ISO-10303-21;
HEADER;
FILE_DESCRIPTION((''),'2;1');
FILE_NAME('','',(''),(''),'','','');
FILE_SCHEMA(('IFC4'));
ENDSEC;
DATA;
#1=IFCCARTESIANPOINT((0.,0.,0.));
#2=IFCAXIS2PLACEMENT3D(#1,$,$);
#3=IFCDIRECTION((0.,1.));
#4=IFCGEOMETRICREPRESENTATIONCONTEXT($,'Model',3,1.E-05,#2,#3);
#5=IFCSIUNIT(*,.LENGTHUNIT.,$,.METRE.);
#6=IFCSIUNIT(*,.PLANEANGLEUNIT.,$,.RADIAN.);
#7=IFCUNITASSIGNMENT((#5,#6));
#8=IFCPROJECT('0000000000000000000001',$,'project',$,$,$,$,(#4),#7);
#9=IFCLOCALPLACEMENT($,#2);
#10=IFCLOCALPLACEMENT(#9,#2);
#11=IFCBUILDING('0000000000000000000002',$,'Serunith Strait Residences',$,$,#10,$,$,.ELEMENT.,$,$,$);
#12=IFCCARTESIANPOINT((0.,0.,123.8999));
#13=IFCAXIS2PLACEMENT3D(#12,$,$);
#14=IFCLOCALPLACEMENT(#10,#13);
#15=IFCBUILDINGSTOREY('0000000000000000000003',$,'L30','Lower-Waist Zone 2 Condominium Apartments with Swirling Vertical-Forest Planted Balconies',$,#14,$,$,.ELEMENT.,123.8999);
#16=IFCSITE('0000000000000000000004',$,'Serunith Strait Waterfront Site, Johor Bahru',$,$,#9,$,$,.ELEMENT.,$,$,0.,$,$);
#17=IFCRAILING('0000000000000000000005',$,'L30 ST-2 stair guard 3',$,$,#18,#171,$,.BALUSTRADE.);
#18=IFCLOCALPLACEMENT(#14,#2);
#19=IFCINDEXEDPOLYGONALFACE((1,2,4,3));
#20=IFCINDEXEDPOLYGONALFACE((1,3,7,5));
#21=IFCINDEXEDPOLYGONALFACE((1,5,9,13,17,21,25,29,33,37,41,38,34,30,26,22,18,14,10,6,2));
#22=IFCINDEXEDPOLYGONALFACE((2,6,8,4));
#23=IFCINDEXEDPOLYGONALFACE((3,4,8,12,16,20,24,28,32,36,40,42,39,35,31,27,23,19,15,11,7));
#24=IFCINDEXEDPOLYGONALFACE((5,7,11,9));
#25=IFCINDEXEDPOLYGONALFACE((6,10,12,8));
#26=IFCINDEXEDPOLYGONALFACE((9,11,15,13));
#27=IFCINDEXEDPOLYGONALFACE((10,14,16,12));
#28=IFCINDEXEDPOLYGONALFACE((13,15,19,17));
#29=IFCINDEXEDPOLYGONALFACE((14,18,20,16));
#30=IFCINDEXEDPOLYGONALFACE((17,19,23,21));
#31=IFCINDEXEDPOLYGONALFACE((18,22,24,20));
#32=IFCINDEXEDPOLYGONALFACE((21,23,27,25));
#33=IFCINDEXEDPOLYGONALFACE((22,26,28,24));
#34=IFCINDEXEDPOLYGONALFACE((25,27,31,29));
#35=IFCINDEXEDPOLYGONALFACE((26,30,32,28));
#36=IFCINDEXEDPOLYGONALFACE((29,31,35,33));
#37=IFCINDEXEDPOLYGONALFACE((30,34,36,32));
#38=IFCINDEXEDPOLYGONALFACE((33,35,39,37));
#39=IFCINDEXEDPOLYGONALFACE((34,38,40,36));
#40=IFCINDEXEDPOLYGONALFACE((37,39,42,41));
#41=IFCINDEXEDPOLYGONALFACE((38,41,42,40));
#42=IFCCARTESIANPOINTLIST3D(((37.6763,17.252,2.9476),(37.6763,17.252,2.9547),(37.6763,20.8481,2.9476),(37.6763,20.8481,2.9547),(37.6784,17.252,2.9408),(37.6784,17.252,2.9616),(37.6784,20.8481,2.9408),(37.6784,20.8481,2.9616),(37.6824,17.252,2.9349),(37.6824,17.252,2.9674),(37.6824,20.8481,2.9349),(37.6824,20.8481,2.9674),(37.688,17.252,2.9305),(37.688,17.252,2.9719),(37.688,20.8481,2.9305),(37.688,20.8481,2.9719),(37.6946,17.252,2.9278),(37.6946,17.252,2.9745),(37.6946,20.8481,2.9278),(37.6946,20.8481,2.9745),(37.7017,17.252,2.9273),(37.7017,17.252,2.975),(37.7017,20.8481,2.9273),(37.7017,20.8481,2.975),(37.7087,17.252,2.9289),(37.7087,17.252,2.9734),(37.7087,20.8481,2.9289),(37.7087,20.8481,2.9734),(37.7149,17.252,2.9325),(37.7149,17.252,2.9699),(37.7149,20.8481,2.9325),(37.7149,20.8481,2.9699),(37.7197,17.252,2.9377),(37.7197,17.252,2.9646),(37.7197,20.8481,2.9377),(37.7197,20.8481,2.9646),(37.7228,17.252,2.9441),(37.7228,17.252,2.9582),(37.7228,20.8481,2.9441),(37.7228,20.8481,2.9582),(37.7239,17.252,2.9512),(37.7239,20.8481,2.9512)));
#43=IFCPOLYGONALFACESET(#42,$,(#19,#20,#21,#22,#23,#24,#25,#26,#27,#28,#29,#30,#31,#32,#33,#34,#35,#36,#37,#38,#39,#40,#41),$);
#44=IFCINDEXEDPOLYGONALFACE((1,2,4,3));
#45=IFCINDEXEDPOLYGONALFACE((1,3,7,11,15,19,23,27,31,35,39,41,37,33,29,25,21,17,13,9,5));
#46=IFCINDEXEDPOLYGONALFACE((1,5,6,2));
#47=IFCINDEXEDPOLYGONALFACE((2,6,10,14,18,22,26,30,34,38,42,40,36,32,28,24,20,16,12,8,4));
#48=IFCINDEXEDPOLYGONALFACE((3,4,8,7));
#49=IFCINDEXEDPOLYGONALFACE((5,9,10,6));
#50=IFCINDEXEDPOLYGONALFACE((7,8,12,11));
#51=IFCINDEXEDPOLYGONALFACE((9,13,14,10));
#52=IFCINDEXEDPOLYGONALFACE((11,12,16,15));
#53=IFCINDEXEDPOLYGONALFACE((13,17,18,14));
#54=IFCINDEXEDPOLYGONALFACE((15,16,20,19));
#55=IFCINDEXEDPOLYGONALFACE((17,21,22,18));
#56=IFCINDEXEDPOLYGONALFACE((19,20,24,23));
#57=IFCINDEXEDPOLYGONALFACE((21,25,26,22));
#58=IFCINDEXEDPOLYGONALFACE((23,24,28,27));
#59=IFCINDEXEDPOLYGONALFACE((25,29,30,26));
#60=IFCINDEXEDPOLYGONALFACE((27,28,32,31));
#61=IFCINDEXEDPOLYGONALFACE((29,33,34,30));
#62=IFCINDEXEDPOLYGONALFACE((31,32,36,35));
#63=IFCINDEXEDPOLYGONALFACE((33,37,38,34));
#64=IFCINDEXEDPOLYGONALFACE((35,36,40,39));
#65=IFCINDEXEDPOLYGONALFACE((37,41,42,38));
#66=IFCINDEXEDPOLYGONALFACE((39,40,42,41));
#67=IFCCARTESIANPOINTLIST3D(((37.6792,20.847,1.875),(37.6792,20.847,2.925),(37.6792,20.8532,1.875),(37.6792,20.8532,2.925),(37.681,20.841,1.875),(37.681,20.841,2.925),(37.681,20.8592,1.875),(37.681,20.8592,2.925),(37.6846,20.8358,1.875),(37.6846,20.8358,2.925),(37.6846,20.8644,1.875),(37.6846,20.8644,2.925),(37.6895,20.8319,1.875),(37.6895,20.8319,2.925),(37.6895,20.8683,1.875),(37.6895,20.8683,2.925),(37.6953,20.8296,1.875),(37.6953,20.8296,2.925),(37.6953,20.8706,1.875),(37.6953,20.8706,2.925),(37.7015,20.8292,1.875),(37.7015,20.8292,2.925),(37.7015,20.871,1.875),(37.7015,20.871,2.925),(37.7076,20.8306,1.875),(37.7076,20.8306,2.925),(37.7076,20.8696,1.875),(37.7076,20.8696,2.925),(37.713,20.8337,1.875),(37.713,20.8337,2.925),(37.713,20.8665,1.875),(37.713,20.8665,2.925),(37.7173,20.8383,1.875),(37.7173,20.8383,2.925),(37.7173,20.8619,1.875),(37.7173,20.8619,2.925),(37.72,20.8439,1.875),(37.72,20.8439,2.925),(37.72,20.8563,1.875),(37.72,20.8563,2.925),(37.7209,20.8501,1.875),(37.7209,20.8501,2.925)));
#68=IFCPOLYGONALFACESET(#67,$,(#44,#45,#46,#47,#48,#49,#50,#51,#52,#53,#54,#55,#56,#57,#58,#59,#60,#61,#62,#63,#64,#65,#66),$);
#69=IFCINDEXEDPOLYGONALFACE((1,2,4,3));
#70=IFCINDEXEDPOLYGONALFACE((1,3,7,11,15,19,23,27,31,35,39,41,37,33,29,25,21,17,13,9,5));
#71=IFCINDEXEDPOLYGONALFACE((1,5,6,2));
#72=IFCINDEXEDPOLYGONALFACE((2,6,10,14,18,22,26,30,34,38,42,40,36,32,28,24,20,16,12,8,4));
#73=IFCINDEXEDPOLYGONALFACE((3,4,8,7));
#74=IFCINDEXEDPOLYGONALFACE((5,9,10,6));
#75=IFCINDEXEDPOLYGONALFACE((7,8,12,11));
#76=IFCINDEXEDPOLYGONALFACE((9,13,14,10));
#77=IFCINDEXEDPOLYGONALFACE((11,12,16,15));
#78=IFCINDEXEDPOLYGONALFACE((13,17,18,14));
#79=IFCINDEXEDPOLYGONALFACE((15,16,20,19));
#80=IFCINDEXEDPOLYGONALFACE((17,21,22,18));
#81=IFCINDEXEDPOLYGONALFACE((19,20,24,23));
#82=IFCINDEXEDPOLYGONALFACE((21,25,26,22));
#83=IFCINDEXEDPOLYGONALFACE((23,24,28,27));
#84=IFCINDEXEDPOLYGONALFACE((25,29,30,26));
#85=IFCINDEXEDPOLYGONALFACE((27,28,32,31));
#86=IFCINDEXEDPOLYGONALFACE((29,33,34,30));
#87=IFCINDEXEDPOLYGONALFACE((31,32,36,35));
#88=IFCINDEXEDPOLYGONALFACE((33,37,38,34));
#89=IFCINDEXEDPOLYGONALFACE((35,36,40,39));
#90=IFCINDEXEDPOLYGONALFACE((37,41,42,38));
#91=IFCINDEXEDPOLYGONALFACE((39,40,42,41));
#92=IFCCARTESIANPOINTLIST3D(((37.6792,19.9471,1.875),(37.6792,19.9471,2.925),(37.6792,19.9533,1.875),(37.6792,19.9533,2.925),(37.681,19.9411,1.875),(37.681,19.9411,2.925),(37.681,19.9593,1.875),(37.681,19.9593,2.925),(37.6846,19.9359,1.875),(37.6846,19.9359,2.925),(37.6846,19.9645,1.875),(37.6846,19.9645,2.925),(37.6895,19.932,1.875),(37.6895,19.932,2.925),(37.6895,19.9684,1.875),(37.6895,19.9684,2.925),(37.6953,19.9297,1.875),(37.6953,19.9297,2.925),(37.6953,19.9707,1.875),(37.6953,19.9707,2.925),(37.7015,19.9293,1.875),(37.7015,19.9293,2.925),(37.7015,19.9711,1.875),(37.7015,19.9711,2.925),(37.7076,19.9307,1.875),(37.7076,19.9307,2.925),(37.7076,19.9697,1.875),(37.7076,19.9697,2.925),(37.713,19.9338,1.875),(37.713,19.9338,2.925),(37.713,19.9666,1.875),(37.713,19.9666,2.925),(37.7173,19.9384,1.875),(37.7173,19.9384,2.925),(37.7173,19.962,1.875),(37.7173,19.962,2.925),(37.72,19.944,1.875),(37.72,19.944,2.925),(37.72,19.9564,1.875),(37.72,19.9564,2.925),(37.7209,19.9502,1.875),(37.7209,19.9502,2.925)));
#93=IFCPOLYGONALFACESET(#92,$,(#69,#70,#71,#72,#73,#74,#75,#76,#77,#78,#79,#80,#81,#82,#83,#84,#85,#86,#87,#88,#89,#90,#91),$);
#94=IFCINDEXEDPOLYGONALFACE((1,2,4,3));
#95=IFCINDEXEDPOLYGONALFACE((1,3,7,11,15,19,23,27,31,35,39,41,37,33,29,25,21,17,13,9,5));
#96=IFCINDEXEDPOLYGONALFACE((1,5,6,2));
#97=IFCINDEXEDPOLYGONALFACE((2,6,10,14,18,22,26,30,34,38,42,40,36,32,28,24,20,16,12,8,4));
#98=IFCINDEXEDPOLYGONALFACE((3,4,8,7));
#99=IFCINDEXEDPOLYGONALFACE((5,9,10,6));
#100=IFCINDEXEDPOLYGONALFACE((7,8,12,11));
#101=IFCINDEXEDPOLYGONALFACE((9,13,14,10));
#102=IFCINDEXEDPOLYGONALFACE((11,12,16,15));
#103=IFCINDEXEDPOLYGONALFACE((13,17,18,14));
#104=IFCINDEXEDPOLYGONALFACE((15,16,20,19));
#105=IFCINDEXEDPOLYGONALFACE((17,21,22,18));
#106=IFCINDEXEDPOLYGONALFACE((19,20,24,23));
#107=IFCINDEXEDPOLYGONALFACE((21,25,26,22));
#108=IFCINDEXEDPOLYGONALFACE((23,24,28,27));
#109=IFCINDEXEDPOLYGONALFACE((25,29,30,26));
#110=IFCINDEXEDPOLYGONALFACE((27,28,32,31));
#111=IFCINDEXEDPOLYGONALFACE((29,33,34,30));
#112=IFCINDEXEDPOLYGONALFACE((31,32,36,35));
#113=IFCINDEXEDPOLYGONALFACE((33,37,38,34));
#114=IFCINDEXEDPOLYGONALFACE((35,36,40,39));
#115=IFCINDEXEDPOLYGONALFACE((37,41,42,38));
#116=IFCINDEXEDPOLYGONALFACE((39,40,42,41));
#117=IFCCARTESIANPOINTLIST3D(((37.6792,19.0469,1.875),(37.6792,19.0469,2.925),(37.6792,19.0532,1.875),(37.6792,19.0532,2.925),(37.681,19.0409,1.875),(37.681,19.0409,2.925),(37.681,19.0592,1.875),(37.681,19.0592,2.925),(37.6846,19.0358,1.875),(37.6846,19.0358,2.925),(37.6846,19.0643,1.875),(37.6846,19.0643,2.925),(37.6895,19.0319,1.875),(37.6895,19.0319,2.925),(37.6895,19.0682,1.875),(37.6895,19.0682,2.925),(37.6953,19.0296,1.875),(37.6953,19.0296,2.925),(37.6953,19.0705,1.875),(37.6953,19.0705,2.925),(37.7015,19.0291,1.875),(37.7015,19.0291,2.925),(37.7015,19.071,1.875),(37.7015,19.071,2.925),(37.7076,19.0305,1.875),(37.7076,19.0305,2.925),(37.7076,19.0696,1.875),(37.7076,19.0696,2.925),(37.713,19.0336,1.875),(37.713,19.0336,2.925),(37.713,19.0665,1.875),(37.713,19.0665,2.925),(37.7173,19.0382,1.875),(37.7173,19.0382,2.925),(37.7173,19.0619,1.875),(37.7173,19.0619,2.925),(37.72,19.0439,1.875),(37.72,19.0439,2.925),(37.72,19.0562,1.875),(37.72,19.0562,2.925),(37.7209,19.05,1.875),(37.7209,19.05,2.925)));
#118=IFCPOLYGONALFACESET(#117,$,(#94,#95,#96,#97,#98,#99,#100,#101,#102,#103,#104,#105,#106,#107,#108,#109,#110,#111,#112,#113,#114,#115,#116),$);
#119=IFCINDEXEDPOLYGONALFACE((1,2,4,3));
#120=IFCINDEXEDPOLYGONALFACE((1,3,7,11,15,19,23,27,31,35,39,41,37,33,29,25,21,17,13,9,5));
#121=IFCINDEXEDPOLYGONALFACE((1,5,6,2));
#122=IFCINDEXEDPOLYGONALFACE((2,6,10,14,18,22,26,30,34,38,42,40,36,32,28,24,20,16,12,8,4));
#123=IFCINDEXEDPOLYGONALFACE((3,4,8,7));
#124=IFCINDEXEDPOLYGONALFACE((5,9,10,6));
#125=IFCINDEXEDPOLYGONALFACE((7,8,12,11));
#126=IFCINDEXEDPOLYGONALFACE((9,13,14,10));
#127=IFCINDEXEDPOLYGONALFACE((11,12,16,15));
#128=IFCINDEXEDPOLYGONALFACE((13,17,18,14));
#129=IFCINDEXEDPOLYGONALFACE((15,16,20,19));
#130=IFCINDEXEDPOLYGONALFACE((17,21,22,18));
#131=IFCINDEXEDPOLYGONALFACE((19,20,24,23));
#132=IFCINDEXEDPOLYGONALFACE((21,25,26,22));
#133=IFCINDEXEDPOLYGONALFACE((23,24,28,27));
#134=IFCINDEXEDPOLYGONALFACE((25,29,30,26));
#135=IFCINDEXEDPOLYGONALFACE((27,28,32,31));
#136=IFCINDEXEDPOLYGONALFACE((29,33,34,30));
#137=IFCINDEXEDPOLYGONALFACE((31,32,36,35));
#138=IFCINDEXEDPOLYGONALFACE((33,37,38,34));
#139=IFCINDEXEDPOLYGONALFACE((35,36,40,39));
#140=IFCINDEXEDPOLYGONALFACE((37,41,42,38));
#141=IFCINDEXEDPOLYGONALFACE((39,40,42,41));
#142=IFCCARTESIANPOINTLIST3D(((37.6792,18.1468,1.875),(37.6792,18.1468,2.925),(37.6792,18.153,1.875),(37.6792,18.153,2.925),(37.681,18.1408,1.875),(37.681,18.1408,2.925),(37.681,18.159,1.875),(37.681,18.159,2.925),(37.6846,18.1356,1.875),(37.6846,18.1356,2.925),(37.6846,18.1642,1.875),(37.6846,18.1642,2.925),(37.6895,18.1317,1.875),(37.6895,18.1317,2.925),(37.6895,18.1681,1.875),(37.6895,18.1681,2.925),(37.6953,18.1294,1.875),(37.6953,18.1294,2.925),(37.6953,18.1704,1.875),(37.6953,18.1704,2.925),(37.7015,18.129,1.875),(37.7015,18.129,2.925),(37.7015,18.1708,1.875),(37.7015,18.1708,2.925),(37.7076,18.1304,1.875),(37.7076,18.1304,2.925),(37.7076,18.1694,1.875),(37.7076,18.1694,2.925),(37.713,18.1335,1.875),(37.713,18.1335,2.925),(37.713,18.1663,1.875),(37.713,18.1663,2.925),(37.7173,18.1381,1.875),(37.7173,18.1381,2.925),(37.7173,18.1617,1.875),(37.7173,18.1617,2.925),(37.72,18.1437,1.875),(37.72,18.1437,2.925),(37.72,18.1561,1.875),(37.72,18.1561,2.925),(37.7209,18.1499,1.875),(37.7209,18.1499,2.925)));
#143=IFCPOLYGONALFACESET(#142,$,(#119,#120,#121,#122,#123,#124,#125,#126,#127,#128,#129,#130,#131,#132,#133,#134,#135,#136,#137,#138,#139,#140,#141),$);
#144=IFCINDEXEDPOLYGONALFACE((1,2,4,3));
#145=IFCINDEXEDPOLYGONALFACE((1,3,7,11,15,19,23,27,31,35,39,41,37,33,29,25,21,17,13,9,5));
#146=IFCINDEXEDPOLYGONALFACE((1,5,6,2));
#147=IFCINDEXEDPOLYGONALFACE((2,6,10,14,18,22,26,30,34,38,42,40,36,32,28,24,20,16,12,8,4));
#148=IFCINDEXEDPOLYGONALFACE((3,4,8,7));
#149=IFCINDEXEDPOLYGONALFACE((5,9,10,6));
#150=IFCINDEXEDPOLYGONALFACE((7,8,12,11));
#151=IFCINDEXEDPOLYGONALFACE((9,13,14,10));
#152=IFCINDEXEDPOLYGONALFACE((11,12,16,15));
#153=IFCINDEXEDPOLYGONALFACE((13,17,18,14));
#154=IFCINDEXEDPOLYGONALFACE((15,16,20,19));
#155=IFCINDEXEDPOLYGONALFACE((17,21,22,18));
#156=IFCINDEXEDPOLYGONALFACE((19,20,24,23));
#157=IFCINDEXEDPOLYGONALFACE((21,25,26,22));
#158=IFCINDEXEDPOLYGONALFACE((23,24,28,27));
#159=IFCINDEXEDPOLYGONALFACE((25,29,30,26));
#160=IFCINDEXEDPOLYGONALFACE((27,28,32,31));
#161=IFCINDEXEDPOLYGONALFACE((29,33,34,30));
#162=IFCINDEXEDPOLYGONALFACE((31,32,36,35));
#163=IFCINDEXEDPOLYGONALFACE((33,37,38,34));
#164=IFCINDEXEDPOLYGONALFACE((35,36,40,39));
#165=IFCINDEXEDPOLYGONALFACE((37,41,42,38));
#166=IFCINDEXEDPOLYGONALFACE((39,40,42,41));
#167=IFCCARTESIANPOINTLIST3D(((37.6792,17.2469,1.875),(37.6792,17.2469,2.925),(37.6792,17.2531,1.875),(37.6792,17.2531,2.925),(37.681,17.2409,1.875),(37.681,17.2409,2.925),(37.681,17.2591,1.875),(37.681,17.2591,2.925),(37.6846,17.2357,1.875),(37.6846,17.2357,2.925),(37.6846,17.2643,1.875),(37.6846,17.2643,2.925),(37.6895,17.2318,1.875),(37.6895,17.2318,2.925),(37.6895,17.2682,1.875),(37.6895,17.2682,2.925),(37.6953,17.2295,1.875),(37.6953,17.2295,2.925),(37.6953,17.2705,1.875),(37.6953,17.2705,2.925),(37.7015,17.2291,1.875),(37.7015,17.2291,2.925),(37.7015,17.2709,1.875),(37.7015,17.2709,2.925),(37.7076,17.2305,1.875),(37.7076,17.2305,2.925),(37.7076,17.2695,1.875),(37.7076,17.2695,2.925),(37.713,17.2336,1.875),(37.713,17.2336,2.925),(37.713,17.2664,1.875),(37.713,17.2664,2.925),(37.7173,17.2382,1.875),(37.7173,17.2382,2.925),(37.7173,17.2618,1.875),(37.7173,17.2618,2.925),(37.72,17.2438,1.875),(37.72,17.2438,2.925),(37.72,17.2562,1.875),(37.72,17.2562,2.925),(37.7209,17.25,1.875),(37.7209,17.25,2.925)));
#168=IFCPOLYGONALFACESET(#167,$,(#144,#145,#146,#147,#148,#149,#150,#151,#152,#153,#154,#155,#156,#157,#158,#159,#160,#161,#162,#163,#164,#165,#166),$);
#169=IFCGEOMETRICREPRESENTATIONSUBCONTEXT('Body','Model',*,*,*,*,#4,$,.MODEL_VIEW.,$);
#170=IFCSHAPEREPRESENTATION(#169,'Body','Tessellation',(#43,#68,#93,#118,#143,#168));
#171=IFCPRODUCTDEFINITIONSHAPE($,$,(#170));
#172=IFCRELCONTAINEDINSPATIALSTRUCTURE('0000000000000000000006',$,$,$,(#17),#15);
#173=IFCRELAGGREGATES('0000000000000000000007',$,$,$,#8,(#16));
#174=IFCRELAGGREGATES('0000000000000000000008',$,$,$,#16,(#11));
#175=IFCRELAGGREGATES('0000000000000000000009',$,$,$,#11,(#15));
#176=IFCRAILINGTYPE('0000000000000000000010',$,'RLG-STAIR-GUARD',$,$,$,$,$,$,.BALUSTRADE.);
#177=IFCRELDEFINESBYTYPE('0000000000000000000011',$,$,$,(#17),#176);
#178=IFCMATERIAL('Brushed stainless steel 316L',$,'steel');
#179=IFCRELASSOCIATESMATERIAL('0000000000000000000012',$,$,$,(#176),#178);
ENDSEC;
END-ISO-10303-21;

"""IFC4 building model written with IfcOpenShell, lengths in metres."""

from ifc_helpers import new_model, si_unit, direction, frame, origin, origin_2d, place, context, subcontext, project, spatial, circle, extrude, material, type_object, element, save


model = new_model("IFC4")

# Units and contexts
model_context = context("Model", 3, precision=1e-05, world=origin(), true_north=direction((0.0, 1.0)))
body_context = subcontext(model_context, "Body", "Model", "MODEL_VIEW")
ifc_project = project(units=[si_unit("LENGTHUNIT", "METRE"), si_unit("PLANEANGLEUNIT", "RADIAN")], contexts=[model_context])

# Site, building, storey
site_placement = place(None, origin())
site = spatial("IfcSite", under=ifc_project, at=site_placement, Name="Serunith Strait Waterfront Site, Johor Bahru", CompositionType="ELEMENT", RefElevation=0.0)
building_placement = place(site_placement, origin())
building = spatial("IfcBuilding", under=site, at=building_placement, Name="Serunith Strait Residences", CompositionType="ELEMENT")
storey_placement = place(building_placement, frame((0.0, 0.0, 123.8999)))
storey = spatial("IfcBuildingStorey", under=building, at=storey_placement, Name="L30", Description="Lower-Waist Zone 2 Condominium Apartments with Swirling Vertical-Forest Planted Balconies", CompositionType="ELEMENT", Elevation=123.8999)

# Railing
ifc_material_1 = material(Name="Brushed stainless steel 316L", Category="steel")
railing_type_1 = type_object("IfcRailingType", Name="RLG-STAIR-GUARD", PredefinedType="BALUSTRADE", material=ifc_material_1)
for number, where, name in (
    (1, (37.7, 20.8501, 1.875), "L30 ST-2 stair guard 3"),
):
    element("IfcRailing", number, at=place(storey_placement, frame(where)), inside=storey, type_object=railing_type_1, Name=name, PredefinedType="BALUSTRADE", context=body_context, shape_type="SweptSolid", body=[
        extrude(circle(Radius=0.0239, at=origin_2d()), frame((0.0, -0.002, 1.0762), z_axis=(0.0, -1.0, 0.0), x_axis=(1.0, 0.0, 0.0)), (0.0, 0.0, 1.0), 3.5962),
        extrude(circle(Radius=0.021, at=origin_2d()), origin(), (0.0, 0.0, 1.0), 1.05),
        extrude(circle(Radius=0.021, at=origin_2d()), frame((0.0, -0.8999, 0.0)), (0.0, 0.0, 1.0), 1.05),
        extrude(circle(Radius=0.021, at=origin_2d()), frame((0.0, -1.8, 0.0)), (0.0, 0.0, 1.0), 1.05),
        extrude(circle(Radius=0.021, at=origin_2d()), frame((0.0, -2.7002, 0.0)), (0.0, 0.0, 1.0), 1.05),
        extrude(circle(Radius=0.021, at=origin_2d()), frame((0.0, -3.6001, 0.0)), (0.0, 0.0, 1.0), 1.05),
    ])

save(model, "model.ifc")
